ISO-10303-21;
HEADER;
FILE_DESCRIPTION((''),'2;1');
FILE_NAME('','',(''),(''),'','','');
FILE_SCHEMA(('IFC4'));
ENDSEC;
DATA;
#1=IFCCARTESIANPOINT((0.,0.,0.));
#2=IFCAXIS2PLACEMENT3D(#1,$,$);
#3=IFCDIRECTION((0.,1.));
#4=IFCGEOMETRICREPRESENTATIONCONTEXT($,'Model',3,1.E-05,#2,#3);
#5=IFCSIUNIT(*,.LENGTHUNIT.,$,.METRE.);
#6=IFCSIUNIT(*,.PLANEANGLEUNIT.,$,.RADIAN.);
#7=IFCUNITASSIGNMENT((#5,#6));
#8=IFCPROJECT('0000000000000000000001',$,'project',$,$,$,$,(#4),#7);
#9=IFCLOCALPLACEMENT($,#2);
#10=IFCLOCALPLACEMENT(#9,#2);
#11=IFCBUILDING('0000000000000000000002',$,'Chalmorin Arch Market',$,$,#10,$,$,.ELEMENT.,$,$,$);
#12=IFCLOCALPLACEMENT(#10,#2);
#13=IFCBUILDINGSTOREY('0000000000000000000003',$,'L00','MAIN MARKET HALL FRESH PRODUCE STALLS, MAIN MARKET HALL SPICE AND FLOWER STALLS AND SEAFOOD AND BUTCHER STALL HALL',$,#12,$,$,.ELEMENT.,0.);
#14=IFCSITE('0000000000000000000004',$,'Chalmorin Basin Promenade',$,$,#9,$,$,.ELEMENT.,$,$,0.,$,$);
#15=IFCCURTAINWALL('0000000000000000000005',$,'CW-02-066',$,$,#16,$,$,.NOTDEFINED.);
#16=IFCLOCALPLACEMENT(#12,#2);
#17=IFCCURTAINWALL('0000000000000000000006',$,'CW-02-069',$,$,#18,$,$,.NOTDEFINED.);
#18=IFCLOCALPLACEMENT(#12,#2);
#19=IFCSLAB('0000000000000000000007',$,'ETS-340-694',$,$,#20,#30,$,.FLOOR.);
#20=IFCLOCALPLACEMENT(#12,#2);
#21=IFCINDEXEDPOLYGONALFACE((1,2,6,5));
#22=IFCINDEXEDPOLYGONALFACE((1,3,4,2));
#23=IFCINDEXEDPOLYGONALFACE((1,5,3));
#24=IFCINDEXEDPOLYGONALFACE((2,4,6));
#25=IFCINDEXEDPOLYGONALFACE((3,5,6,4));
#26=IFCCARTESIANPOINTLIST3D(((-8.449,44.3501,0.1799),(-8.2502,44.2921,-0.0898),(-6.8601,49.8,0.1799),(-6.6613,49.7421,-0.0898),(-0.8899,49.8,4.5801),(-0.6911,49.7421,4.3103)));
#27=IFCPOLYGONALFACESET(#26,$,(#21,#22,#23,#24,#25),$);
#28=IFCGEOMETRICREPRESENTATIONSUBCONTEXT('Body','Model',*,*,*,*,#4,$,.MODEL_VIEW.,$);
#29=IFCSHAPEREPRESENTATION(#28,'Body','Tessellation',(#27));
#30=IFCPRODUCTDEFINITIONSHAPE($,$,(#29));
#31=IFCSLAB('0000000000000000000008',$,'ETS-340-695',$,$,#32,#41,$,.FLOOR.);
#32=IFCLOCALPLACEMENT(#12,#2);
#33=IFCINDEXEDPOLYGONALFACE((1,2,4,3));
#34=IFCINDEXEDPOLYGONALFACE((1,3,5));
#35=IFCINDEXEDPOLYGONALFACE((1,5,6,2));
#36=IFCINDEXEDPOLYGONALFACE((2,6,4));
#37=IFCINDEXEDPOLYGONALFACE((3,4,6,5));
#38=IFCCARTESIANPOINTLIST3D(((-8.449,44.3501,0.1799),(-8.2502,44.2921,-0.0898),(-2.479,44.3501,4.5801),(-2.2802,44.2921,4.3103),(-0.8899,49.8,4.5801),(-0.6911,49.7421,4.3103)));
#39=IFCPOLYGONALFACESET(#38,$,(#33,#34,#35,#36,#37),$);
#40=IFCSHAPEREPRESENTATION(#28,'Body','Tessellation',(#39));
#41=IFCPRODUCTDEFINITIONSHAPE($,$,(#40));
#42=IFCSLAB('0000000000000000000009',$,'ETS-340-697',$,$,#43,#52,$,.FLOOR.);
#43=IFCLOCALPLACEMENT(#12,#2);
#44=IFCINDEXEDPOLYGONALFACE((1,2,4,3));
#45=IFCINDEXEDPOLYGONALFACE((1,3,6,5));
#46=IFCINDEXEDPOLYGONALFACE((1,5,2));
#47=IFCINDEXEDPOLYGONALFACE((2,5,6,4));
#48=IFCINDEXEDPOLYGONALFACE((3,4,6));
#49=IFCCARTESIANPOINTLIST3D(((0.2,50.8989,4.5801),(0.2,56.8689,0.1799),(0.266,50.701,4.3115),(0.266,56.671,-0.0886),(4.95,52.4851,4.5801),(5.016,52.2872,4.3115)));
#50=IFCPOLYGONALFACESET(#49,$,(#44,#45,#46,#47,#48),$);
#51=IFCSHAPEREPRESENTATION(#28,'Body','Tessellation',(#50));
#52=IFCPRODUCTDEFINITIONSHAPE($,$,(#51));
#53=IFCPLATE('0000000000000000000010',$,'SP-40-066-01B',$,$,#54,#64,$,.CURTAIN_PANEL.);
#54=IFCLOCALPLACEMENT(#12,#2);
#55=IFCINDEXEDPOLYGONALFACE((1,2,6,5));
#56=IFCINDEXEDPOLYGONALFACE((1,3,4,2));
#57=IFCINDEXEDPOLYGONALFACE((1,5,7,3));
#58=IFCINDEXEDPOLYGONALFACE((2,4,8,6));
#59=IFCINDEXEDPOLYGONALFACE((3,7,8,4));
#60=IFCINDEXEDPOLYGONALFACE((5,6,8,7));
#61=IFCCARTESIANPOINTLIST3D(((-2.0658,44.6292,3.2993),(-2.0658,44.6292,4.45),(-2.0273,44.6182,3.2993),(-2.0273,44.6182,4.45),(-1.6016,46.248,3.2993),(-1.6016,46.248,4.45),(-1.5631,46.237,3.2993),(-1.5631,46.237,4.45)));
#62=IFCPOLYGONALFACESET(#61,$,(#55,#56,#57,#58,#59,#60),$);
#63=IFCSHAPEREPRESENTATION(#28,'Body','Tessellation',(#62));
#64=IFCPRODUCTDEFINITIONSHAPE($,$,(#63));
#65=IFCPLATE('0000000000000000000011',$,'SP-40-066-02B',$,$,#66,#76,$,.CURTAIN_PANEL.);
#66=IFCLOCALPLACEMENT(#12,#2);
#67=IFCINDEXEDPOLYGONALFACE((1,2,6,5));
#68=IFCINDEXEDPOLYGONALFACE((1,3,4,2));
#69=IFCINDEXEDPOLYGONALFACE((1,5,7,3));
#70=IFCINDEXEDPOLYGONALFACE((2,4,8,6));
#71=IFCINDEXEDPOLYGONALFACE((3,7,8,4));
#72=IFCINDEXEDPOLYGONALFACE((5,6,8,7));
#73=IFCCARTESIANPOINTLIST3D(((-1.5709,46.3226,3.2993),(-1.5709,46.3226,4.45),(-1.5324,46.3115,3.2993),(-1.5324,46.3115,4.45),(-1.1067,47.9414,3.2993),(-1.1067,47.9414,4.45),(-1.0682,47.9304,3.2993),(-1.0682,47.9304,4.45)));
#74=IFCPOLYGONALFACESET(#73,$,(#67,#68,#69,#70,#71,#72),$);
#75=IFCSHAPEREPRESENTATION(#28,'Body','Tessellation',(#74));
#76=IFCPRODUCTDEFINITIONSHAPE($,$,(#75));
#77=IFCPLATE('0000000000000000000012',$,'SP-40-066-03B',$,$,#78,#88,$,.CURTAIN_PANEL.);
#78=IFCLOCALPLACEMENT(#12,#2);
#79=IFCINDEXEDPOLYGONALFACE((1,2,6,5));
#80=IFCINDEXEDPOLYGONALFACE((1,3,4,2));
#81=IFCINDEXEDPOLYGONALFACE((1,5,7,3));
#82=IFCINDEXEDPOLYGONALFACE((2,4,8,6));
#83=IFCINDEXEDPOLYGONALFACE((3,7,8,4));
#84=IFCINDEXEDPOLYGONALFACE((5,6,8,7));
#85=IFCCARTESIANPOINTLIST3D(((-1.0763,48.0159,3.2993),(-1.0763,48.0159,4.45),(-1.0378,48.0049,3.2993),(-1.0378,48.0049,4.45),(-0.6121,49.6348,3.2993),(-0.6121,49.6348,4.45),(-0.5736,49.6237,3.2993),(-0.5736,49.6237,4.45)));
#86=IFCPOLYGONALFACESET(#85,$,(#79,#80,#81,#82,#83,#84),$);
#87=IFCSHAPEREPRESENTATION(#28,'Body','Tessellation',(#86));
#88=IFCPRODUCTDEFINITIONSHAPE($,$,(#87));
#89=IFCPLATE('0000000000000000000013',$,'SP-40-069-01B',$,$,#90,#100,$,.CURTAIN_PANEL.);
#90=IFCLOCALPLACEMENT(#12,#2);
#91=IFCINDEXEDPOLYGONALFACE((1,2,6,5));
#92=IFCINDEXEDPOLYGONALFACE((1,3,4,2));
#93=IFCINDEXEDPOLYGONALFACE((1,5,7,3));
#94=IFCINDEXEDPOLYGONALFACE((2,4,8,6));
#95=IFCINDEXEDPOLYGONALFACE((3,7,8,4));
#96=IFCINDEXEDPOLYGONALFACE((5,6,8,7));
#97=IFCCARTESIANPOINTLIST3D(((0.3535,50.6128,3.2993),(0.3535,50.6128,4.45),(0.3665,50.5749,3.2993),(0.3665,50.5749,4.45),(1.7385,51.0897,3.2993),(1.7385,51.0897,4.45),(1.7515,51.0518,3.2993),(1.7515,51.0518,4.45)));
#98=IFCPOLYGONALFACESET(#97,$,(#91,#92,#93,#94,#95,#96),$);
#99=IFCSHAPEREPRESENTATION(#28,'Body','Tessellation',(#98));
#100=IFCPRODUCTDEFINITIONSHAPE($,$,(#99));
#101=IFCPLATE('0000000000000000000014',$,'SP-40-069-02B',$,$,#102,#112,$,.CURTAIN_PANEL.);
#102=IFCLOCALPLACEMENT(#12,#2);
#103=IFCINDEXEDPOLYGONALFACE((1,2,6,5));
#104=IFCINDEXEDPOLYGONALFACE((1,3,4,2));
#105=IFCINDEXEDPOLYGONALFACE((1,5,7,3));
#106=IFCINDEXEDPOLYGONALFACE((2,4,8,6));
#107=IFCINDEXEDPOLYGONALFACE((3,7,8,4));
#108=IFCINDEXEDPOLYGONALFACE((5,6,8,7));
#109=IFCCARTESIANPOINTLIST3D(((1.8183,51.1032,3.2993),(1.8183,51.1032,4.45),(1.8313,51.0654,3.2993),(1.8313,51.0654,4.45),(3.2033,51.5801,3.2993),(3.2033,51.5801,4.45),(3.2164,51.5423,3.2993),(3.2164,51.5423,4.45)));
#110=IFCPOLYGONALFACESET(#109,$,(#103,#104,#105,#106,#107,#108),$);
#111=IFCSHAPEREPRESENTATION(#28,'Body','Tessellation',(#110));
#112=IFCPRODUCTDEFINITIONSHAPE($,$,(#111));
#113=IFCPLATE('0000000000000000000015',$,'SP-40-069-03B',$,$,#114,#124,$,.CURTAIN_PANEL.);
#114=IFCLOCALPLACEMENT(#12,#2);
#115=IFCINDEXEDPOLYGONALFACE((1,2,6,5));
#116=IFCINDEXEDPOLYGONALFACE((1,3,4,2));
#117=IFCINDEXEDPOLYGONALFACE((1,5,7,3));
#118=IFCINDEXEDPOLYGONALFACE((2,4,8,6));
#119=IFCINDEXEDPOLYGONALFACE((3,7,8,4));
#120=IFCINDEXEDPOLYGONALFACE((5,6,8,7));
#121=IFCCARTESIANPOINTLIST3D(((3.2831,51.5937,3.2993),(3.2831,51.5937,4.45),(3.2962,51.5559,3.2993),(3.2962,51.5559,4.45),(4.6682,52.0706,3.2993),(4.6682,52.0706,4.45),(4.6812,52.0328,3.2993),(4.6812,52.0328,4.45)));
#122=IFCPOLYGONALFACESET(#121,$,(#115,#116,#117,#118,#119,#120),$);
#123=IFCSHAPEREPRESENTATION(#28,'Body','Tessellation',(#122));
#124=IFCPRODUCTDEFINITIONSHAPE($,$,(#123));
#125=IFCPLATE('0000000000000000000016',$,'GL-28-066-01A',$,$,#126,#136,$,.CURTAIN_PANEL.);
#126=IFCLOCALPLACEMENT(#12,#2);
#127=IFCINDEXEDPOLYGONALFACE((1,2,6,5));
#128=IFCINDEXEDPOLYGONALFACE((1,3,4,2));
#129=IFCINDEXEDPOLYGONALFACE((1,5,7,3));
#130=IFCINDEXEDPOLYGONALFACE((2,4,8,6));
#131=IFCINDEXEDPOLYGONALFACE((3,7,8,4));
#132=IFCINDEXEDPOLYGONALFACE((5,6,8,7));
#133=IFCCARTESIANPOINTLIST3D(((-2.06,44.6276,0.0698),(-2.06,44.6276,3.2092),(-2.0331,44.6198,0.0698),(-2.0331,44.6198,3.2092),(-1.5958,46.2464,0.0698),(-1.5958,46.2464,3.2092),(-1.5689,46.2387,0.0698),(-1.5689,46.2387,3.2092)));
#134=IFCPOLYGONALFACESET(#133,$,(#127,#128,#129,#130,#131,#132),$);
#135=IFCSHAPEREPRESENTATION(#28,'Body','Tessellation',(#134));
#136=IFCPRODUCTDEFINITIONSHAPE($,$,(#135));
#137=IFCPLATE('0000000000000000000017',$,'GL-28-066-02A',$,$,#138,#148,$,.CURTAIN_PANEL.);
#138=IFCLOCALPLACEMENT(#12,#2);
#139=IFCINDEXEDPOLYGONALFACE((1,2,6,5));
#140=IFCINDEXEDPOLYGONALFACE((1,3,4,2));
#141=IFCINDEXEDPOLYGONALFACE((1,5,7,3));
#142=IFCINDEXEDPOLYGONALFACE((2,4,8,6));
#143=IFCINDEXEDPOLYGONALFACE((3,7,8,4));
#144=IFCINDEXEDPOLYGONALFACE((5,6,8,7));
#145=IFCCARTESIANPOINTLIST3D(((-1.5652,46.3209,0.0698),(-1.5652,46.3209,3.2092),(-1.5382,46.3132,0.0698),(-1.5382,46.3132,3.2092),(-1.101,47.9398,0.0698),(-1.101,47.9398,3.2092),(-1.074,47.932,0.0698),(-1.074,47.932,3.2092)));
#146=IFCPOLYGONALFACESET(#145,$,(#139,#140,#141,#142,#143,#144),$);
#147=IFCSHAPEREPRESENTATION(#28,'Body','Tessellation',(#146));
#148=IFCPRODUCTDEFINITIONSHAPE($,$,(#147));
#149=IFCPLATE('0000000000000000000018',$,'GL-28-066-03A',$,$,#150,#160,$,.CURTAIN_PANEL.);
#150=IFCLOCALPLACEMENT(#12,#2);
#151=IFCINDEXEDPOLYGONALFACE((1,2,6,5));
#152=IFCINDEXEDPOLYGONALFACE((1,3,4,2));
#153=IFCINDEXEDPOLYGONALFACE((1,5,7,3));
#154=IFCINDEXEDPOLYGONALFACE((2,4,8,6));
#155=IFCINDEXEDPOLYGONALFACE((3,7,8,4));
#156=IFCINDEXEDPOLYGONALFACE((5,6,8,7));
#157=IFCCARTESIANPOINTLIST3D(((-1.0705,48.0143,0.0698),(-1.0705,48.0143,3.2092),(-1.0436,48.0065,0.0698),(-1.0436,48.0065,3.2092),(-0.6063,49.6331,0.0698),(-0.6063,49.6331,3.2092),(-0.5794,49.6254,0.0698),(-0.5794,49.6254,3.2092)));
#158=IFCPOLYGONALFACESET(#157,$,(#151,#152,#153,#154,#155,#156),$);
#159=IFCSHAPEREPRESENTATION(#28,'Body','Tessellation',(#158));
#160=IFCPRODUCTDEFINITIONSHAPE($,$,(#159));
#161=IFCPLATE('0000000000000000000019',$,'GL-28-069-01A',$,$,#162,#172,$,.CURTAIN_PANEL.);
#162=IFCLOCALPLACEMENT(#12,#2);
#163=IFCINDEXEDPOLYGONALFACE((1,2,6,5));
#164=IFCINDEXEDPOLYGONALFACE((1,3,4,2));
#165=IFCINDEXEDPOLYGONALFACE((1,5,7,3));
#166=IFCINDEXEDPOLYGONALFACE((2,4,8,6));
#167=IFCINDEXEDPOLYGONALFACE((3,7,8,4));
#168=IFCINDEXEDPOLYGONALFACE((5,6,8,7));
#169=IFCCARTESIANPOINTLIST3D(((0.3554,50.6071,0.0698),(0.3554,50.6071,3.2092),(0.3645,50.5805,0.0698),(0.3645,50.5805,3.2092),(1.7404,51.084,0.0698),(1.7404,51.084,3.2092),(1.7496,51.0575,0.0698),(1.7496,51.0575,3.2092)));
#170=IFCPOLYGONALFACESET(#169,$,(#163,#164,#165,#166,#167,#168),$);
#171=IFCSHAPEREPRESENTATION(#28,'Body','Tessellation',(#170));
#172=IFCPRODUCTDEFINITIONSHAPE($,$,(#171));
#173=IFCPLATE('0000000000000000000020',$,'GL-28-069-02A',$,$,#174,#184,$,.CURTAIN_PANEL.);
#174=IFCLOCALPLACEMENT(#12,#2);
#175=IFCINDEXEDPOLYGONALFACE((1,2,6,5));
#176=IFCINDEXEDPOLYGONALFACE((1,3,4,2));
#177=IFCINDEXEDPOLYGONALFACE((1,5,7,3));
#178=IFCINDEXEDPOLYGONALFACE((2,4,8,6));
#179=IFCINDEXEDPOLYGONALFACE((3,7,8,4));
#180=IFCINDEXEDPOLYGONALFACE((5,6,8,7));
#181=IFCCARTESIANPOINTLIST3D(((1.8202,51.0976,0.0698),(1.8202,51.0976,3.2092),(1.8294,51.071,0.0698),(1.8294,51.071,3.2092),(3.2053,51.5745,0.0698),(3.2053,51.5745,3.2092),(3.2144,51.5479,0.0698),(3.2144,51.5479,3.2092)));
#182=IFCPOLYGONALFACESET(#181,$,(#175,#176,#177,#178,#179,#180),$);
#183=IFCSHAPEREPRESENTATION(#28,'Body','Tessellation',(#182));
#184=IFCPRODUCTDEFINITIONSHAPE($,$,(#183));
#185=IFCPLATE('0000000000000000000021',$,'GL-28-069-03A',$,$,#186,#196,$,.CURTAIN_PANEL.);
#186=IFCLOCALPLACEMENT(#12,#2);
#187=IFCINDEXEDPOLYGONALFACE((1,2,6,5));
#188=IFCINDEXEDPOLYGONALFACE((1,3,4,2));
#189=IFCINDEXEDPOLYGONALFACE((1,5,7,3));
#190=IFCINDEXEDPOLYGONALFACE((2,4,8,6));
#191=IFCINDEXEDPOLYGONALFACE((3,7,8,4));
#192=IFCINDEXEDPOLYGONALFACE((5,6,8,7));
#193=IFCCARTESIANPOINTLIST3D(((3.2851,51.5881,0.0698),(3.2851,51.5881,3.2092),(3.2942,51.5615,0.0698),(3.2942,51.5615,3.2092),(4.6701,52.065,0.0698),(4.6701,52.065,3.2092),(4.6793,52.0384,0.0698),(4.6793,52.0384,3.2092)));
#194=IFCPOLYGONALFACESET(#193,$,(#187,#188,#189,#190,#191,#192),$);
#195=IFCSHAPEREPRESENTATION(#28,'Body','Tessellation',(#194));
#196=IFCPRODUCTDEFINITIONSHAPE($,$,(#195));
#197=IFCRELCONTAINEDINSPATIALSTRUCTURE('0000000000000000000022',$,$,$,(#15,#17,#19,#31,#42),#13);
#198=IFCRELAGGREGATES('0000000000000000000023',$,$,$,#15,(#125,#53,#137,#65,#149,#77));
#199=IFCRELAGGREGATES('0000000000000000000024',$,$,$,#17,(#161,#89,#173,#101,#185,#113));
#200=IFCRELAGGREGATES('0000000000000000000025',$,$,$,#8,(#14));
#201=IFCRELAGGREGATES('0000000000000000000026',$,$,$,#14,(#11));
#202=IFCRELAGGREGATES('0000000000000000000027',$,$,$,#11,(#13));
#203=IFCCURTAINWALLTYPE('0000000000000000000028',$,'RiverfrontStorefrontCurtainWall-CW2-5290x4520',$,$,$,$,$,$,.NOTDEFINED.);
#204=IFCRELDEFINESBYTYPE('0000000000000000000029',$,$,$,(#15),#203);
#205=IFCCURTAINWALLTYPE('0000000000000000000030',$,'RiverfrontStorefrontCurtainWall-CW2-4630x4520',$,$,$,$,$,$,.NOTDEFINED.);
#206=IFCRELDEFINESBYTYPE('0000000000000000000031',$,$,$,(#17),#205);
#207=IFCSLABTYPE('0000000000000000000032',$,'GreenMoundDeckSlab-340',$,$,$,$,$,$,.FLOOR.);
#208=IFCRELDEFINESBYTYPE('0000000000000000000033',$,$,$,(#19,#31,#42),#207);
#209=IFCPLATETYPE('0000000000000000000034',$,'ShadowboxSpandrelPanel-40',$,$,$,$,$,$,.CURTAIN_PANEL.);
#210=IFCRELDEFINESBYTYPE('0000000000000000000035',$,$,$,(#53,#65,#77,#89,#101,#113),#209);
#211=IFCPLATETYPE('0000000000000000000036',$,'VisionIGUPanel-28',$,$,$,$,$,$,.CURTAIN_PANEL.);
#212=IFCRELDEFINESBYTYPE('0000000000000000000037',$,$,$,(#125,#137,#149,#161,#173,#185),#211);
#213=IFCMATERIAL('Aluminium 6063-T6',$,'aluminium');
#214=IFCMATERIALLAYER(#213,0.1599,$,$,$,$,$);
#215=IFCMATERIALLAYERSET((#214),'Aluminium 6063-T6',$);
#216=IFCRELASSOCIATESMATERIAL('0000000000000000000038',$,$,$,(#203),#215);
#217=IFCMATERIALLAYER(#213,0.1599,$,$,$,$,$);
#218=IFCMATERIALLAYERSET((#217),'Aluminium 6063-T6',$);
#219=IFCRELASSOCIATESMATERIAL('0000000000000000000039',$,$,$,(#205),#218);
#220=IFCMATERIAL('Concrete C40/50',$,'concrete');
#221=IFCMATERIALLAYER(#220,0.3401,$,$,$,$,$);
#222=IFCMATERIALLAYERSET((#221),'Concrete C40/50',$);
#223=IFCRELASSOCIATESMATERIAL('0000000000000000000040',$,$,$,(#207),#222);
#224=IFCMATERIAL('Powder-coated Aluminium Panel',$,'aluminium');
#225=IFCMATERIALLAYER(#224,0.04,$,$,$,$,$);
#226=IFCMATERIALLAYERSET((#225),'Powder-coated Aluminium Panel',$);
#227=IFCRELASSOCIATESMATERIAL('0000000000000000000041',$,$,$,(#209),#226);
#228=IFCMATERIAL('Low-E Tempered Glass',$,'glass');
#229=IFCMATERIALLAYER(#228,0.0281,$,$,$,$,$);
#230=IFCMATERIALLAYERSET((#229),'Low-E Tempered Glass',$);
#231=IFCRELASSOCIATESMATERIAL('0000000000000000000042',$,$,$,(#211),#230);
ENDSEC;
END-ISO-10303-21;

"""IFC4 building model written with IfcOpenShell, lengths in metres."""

from ifc_helpers import new_model, si_unit, direction, frame, origin, origin_2d, place, context, subcontext, project, spatial, polyline, rectangle, outline, extrude, material, layer, layer_set, type_object, element, aggregate, save


model = new_model("IFC4")

# Units and contexts
model_context = context("Model", 3, precision=1e-05, world=origin(), true_north=direction((0.0, 1.0)))
body_context = subcontext(model_context, "Body", "Model", "MODEL_VIEW")
ifc_project = project(units=[si_unit("LENGTHUNIT", "METRE"), si_unit("PLANEANGLEUNIT", "RADIAN")], contexts=[model_context])

# Site, building, storey
site_placement = place(None, origin())
site = spatial("IfcSite", under=ifc_project, at=site_placement, Name="Chalmorin Basin Promenade", CompositionType="ELEMENT", RefElevation=0.0)
building_placement = place(site_placement, origin())
building = spatial("IfcBuilding", under=site, at=building_placement, Name="Chalmorin Arch Market", CompositionType="ELEMENT")
storey_placement = place(building_placement, origin())
storey = spatial("IfcBuildingStorey", under=building, at=storey_placement, Name="L00", Description="MAIN MARKET HALL FRESH PRODUCE STALLS, MAIN MARKET HALL SPICE AND FLOWER STALLS AND SEAFOOD AND BUTCHER STALL HALL", CompositionType="ELEMENT", Elevation=0.0)

# Shared definitions
ifc_material_1 = material(Name="Concrete C40/50", Category="concrete")

# Shared definitions
ifc_material_2 = material(Name="Aluminium 6063-T6", Category="aluminium")

# Curtain walls
ifc_layer_1 = layer(ifc_material_2, 0.1599)
ifc_layer_set_1 = layer_set([ifc_layer_1], Name="Aluminium 6063-T6")
curtain_wall_type_1 = type_object("IfcCurtainWallType", Name="RiverfrontStorefrontCurtainWall-CW2-5290x4520", PredefinedType="NOTDEFINED", material=ifc_layer_set_1)
curtain_wall_1_placement = place(storey_placement, origin())
curtain_wall_1 = element("IfcCurtainWall", 1, at=curtain_wall_1_placement, inside=storey, type_object=curtain_wall_type_1, Name="CW-02-066", PredefinedType="NOTDEFINED")
ifc_layer_2 = layer(ifc_material_2, 0.1599)
ifc_layer_set_2 = layer_set([ifc_layer_2], Name="Aluminium 6063-T6")
curtain_wall_type_2 = type_object("IfcCurtainWallType", Name="RiverfrontStorefrontCurtainWall-CW2-4630x4520", PredefinedType="NOTDEFINED", material=ifc_layer_set_2)
curtain_wall_2_placement = place(storey_placement, origin())
curtain_wall_2 = element("IfcCurtainWall", 2, at=curtain_wall_2_placement, inside=storey, type_object=curtain_wall_type_2, Name="CW-02-069", PredefinedType="NOTDEFINED")

# Slabs
ifc_layer_3 = layer(ifc_material_1, 0.3401)
ifc_layer_set_3 = layer_set([ifc_layer_3], Name="Concrete C40/50")
slab_type = type_object("IfcSlabType", Name="GreenMoundDeckSlab-340", PredefinedType="FLOOR", material=ifc_layer_set_3)
slab_1_placement = place(storey_placement, frame((-0.8899, 49.8, 4.5801), z_axis=(-0.584609, 0.170436, 0.793211), x_axis=(-0.804989, 0.0, -0.59329)))
element("IfcSlab", 3, at=slab_1_placement, inside=storey, type_object=slab_type, Name="ETS-340-694", PredefinedType="FLOOR", context=body_context, shape_type="SweptSolid", body=[
    extrude(outline(polyline([(0.0, 0.0), (7.4165, 0.0), (8.6955, 5.5309), (0.0, 0.0)])), origin(), (0.0, 0.0, -1.0), 0.3401),
])
slab_2_placement = place(storey_placement, frame((-2.479, 44.3501, 4.5801), z_axis=(-0.584622, 0.170466, 0.793195), x_axis=(0.279926, 0.960022, 0.0)))
element("IfcSlab", 4, at=slab_2_placement, inside=storey, type_object=slab_type, Name="ETS-340-695", PredefinedType="FLOOR", context=body_context, shape_type="SweptSolid", body=[
    extrude(outline(polyline([(0.0, 0.0), (5.6769, 0.0), (-1.6711, 7.2256), (0.0, 0.0)])), origin(), (0.0, 0.0, -1.0), 0.3401),
])
slab_3_placement = place(storey_placement, frame((0.2, 50.8989, 4.5801), z_axis=(-0.194347, 0.581993, 0.789629), x_axis=(0.948513, 0.31674, 0.0)))
element("IfcSlab", 5, at=slab_3_placement, inside=storey, type_object=slab_type, Name="ETS-340-697", PredefinedType="FLOOR", context=body_context, shape_type="SweptSolid", body=[
    extrude(outline(polyline([(0.0, 0.0), (5.0078, 0.0), (1.8909, 7.1712), (0.0, 0.0)])), origin(), (0.0, 0.0, -1.0), 0.3401),
])

# Plates
ifc_material_3 = material(Name="Powder-coated Aluminium Panel", Category="aluminium")
ifc_layer_4 = layer(ifc_material_3, 0.04)
ifc_layer_set_4 = layer_set([ifc_layer_4], Name="Powder-coated Aluminium Panel")
plate_type_1 = type_object("IfcPlateType", Name="ShadowboxSpandrelPanel-40", PredefinedType="CURTAIN_PANEL", material=ifc_layer_set_4)
plate_1_placement = place(storey_placement, frame((-1.8145, 45.4331, 3.2993), z_axis=(0.0, 0.0, 1.0), x_axis=(0.275637, 0.961262, 0.0)))
plate_1 = element("IfcPlate", 6, at=plate_1_placement, type_object=plate_type_1, Name="SP-40-066-01B", PredefinedType="CURTAIN_PANEL", context=body_context, shape_type="SweptSolid", body=[
    extrude(rectangle(XDim=1.6841, YDim=0.04, at=origin_2d()), origin(), (0.0, 0.0, 1.0), 1.1506),
])
plate_2_placement = place(storey_placement, frame((-1.3196, 47.1265, 3.2993), z_axis=(0.0, 0.0, 1.0), x_axis=(0.275637, 0.961262, 0.0)))
plate_2 = element("IfcPlate", 7, at=plate_2_placement, type_object=plate_type_1, Name="SP-40-066-02B", PredefinedType="CURTAIN_PANEL", context=body_context, shape_type="SweptSolid", body=[
    extrude(rectangle(XDim=1.6841, YDim=0.04, at=origin_2d()), origin(), (0.0, 0.0, 1.0), 1.1506),
])
plate_3_placement = place(storey_placement, frame((-0.825, 48.8198, 3.2993), z_axis=(0.0, 0.0, 1.0), x_axis=(0.275637, 0.961262, 0.0)))
plate_3 = element("IfcPlate", 8, at=plate_3_placement, type_object=plate_type_1, Name="SP-40-066-03B", PredefinedType="CURTAIN_PANEL", context=body_context, shape_type="SweptSolid", body=[
    extrude(rectangle(XDim=1.6841, YDim=0.04, at=origin_2d()), origin(), (0.0, 0.0, 1.0), 1.1506),
])
plate_4_placement = place(storey_placement, frame((1.0525, 50.8323, 3.2993), z_axis=(0.0, 0.0, 1.0), x_axis=(0.945519, 0.325568, 0.0)))
plate_4 = element("IfcPlate", 9, at=plate_4_placement, type_object=plate_type_1, Name="SP-40-069-01B", PredefinedType="CURTAIN_PANEL", context=body_context, shape_type="SweptSolid", body=[
    extrude(rectangle(XDim=1.4648, YDim=0.04, at=origin_2d()), origin(), (0.0, 0.0, 1.0), 1.1506),
])
plate_5_placement = place(storey_placement, frame((2.5173, 51.3228, 3.2993), z_axis=(0.0, 0.0, 1.0), x_axis=(0.945519, 0.325568, 0.0)))
plate_5 = element("IfcPlate", 10, at=plate_5_placement, type_object=plate_type_1, Name="SP-40-069-02B", PredefinedType="CURTAIN_PANEL", context=body_context, shape_type="SweptSolid", body=[
    extrude(rectangle(XDim=1.4648, YDim=0.04, at=origin_2d()), origin(), (0.0, 0.0, 1.0), 1.1506),
])
plate_6_placement = place(storey_placement, frame((3.9822, 51.8132, 3.2993), z_axis=(0.0, 0.0, 1.0), x_axis=(0.945519, 0.325568, 0.0)))
plate_6 = element("IfcPlate", 11, at=plate_6_placement, type_object=plate_type_1, Name="SP-40-069-03B", PredefinedType="CURTAIN_PANEL", context=body_context, shape_type="SweptSolid", body=[
    extrude(rectangle(XDim=1.4648, YDim=0.04, at=origin_2d()), origin(), (0.0, 0.0, 1.0), 1.1506),
])
ifc_material_4 = material(Name="Low-E Tempered Glass", Category="glass")
ifc_layer_5 = layer(ifc_material_4, 0.0281)
ifc_layer_set_5 = layer_set([ifc_layer_5], Name="Low-E Tempered Glass")
plate_type_2 = type_object("IfcPlateType", Name="VisionIGUPanel-28", PredefinedType="CURTAIN_PANEL", material=ifc_layer_set_5)
plate_7_placement = place(storey_placement, frame((-1.8145, 45.4331, 0.0698), z_axis=(0.0, 0.0, 1.0), x_axis=(0.275637, 0.961262, 0.0)))
plate_7 = element("IfcPlate", 12, at=plate_7_placement, type_object=plate_type_2, Name="GL-28-066-01A", PredefinedType="CURTAIN_PANEL", context=body_context, shape_type="SweptSolid", body=[
    extrude(rectangle(XDim=1.6841, YDim=0.0281, at=origin_2d()), origin(), (0.0, 0.0, 1.0), 3.1394),
])
plate_8_placement = place(storey_placement, frame((-1.3196, 47.1265, 0.0698), z_axis=(0.0, 0.0, 1.0), x_axis=(0.275637, 0.961262, 0.0)))
plate_8 = element("IfcPlate", 13, at=plate_8_placement, type_object=plate_type_2, Name="GL-28-066-02A", PredefinedType="CURTAIN_PANEL", context=body_context, shape_type="SweptSolid", body=[
    extrude(rectangle(XDim=1.6841, YDim=0.0281, at=origin_2d()), origin(), (0.0, 0.0, 1.0), 3.1394),
])
plate_9_placement = place(storey_placement, frame((-0.825, 48.8198, 0.0698), z_axis=(0.0, 0.0, 1.0), x_axis=(0.275637, 0.961262, 0.0)))
plate_9 = element("IfcPlate", 14, at=plate_9_placement, type_object=plate_type_2, Name="GL-28-066-03A", PredefinedType="CURTAIN_PANEL", context=body_context, shape_type="SweptSolid", body=[
    extrude(rectangle(XDim=1.6841, YDim=0.0281, at=origin_2d()), origin(), (0.0, 0.0, 1.0), 3.1394),
])
aggregate(curtain_wall_1, [plate_7, plate_1, plate_8, plate_2, plate_9, plate_3])
plate_10_placement = place(storey_placement, frame((1.0525, 50.8323, 0.0698), z_axis=(0.0, 0.0, 1.0), x_axis=(0.945519, 0.325568, 0.0)))
plate_10 = element("IfcPlate", 15, at=plate_10_placement, type_object=plate_type_2, Name="GL-28-069-01A", PredefinedType="CURTAIN_PANEL", context=body_context, shape_type="SweptSolid", body=[
    extrude(rectangle(XDim=1.4648, YDim=0.0281, at=origin_2d()), origin(), (0.0, 0.0, 1.0), 3.1394),
])
plate_11_placement = place(storey_placement, frame((2.5173, 51.3228, 0.0698), z_axis=(0.0, 0.0, 1.0), x_axis=(0.945519, 0.325568, 0.0)))
plate_11 = element("IfcPlate", 16, at=plate_11_placement, type_object=plate_type_2, Name="GL-28-069-02A", PredefinedType="CURTAIN_PANEL", context=body_context, shape_type="SweptSolid", body=[
    extrude(rectangle(XDim=1.4648, YDim=0.0281, at=origin_2d()), origin(), (0.0, 0.0, 1.0), 3.1394),
])
plate_12_placement = place(storey_placement, frame((3.9822, 51.8132, 0.0698), z_axis=(0.0, 0.0, 1.0), x_axis=(0.945519, 0.325568, 0.0)))
plate_12 = element("IfcPlate", 17, at=plate_12_placement, type_object=plate_type_2, Name="GL-28-069-03A", PredefinedType="CURTAIN_PANEL", context=body_context, shape_type="SweptSolid", body=[
    extrude(rectangle(XDim=1.4648, YDim=0.0281, at=origin_2d()), origin(), (0.0, 0.0, 1.0), 3.1394),
])
aggregate(curtain_wall_2, [plate_10, plate_4, plate_11, plate_5, plate_12, plate_6])

save(model, "model.ifc")
